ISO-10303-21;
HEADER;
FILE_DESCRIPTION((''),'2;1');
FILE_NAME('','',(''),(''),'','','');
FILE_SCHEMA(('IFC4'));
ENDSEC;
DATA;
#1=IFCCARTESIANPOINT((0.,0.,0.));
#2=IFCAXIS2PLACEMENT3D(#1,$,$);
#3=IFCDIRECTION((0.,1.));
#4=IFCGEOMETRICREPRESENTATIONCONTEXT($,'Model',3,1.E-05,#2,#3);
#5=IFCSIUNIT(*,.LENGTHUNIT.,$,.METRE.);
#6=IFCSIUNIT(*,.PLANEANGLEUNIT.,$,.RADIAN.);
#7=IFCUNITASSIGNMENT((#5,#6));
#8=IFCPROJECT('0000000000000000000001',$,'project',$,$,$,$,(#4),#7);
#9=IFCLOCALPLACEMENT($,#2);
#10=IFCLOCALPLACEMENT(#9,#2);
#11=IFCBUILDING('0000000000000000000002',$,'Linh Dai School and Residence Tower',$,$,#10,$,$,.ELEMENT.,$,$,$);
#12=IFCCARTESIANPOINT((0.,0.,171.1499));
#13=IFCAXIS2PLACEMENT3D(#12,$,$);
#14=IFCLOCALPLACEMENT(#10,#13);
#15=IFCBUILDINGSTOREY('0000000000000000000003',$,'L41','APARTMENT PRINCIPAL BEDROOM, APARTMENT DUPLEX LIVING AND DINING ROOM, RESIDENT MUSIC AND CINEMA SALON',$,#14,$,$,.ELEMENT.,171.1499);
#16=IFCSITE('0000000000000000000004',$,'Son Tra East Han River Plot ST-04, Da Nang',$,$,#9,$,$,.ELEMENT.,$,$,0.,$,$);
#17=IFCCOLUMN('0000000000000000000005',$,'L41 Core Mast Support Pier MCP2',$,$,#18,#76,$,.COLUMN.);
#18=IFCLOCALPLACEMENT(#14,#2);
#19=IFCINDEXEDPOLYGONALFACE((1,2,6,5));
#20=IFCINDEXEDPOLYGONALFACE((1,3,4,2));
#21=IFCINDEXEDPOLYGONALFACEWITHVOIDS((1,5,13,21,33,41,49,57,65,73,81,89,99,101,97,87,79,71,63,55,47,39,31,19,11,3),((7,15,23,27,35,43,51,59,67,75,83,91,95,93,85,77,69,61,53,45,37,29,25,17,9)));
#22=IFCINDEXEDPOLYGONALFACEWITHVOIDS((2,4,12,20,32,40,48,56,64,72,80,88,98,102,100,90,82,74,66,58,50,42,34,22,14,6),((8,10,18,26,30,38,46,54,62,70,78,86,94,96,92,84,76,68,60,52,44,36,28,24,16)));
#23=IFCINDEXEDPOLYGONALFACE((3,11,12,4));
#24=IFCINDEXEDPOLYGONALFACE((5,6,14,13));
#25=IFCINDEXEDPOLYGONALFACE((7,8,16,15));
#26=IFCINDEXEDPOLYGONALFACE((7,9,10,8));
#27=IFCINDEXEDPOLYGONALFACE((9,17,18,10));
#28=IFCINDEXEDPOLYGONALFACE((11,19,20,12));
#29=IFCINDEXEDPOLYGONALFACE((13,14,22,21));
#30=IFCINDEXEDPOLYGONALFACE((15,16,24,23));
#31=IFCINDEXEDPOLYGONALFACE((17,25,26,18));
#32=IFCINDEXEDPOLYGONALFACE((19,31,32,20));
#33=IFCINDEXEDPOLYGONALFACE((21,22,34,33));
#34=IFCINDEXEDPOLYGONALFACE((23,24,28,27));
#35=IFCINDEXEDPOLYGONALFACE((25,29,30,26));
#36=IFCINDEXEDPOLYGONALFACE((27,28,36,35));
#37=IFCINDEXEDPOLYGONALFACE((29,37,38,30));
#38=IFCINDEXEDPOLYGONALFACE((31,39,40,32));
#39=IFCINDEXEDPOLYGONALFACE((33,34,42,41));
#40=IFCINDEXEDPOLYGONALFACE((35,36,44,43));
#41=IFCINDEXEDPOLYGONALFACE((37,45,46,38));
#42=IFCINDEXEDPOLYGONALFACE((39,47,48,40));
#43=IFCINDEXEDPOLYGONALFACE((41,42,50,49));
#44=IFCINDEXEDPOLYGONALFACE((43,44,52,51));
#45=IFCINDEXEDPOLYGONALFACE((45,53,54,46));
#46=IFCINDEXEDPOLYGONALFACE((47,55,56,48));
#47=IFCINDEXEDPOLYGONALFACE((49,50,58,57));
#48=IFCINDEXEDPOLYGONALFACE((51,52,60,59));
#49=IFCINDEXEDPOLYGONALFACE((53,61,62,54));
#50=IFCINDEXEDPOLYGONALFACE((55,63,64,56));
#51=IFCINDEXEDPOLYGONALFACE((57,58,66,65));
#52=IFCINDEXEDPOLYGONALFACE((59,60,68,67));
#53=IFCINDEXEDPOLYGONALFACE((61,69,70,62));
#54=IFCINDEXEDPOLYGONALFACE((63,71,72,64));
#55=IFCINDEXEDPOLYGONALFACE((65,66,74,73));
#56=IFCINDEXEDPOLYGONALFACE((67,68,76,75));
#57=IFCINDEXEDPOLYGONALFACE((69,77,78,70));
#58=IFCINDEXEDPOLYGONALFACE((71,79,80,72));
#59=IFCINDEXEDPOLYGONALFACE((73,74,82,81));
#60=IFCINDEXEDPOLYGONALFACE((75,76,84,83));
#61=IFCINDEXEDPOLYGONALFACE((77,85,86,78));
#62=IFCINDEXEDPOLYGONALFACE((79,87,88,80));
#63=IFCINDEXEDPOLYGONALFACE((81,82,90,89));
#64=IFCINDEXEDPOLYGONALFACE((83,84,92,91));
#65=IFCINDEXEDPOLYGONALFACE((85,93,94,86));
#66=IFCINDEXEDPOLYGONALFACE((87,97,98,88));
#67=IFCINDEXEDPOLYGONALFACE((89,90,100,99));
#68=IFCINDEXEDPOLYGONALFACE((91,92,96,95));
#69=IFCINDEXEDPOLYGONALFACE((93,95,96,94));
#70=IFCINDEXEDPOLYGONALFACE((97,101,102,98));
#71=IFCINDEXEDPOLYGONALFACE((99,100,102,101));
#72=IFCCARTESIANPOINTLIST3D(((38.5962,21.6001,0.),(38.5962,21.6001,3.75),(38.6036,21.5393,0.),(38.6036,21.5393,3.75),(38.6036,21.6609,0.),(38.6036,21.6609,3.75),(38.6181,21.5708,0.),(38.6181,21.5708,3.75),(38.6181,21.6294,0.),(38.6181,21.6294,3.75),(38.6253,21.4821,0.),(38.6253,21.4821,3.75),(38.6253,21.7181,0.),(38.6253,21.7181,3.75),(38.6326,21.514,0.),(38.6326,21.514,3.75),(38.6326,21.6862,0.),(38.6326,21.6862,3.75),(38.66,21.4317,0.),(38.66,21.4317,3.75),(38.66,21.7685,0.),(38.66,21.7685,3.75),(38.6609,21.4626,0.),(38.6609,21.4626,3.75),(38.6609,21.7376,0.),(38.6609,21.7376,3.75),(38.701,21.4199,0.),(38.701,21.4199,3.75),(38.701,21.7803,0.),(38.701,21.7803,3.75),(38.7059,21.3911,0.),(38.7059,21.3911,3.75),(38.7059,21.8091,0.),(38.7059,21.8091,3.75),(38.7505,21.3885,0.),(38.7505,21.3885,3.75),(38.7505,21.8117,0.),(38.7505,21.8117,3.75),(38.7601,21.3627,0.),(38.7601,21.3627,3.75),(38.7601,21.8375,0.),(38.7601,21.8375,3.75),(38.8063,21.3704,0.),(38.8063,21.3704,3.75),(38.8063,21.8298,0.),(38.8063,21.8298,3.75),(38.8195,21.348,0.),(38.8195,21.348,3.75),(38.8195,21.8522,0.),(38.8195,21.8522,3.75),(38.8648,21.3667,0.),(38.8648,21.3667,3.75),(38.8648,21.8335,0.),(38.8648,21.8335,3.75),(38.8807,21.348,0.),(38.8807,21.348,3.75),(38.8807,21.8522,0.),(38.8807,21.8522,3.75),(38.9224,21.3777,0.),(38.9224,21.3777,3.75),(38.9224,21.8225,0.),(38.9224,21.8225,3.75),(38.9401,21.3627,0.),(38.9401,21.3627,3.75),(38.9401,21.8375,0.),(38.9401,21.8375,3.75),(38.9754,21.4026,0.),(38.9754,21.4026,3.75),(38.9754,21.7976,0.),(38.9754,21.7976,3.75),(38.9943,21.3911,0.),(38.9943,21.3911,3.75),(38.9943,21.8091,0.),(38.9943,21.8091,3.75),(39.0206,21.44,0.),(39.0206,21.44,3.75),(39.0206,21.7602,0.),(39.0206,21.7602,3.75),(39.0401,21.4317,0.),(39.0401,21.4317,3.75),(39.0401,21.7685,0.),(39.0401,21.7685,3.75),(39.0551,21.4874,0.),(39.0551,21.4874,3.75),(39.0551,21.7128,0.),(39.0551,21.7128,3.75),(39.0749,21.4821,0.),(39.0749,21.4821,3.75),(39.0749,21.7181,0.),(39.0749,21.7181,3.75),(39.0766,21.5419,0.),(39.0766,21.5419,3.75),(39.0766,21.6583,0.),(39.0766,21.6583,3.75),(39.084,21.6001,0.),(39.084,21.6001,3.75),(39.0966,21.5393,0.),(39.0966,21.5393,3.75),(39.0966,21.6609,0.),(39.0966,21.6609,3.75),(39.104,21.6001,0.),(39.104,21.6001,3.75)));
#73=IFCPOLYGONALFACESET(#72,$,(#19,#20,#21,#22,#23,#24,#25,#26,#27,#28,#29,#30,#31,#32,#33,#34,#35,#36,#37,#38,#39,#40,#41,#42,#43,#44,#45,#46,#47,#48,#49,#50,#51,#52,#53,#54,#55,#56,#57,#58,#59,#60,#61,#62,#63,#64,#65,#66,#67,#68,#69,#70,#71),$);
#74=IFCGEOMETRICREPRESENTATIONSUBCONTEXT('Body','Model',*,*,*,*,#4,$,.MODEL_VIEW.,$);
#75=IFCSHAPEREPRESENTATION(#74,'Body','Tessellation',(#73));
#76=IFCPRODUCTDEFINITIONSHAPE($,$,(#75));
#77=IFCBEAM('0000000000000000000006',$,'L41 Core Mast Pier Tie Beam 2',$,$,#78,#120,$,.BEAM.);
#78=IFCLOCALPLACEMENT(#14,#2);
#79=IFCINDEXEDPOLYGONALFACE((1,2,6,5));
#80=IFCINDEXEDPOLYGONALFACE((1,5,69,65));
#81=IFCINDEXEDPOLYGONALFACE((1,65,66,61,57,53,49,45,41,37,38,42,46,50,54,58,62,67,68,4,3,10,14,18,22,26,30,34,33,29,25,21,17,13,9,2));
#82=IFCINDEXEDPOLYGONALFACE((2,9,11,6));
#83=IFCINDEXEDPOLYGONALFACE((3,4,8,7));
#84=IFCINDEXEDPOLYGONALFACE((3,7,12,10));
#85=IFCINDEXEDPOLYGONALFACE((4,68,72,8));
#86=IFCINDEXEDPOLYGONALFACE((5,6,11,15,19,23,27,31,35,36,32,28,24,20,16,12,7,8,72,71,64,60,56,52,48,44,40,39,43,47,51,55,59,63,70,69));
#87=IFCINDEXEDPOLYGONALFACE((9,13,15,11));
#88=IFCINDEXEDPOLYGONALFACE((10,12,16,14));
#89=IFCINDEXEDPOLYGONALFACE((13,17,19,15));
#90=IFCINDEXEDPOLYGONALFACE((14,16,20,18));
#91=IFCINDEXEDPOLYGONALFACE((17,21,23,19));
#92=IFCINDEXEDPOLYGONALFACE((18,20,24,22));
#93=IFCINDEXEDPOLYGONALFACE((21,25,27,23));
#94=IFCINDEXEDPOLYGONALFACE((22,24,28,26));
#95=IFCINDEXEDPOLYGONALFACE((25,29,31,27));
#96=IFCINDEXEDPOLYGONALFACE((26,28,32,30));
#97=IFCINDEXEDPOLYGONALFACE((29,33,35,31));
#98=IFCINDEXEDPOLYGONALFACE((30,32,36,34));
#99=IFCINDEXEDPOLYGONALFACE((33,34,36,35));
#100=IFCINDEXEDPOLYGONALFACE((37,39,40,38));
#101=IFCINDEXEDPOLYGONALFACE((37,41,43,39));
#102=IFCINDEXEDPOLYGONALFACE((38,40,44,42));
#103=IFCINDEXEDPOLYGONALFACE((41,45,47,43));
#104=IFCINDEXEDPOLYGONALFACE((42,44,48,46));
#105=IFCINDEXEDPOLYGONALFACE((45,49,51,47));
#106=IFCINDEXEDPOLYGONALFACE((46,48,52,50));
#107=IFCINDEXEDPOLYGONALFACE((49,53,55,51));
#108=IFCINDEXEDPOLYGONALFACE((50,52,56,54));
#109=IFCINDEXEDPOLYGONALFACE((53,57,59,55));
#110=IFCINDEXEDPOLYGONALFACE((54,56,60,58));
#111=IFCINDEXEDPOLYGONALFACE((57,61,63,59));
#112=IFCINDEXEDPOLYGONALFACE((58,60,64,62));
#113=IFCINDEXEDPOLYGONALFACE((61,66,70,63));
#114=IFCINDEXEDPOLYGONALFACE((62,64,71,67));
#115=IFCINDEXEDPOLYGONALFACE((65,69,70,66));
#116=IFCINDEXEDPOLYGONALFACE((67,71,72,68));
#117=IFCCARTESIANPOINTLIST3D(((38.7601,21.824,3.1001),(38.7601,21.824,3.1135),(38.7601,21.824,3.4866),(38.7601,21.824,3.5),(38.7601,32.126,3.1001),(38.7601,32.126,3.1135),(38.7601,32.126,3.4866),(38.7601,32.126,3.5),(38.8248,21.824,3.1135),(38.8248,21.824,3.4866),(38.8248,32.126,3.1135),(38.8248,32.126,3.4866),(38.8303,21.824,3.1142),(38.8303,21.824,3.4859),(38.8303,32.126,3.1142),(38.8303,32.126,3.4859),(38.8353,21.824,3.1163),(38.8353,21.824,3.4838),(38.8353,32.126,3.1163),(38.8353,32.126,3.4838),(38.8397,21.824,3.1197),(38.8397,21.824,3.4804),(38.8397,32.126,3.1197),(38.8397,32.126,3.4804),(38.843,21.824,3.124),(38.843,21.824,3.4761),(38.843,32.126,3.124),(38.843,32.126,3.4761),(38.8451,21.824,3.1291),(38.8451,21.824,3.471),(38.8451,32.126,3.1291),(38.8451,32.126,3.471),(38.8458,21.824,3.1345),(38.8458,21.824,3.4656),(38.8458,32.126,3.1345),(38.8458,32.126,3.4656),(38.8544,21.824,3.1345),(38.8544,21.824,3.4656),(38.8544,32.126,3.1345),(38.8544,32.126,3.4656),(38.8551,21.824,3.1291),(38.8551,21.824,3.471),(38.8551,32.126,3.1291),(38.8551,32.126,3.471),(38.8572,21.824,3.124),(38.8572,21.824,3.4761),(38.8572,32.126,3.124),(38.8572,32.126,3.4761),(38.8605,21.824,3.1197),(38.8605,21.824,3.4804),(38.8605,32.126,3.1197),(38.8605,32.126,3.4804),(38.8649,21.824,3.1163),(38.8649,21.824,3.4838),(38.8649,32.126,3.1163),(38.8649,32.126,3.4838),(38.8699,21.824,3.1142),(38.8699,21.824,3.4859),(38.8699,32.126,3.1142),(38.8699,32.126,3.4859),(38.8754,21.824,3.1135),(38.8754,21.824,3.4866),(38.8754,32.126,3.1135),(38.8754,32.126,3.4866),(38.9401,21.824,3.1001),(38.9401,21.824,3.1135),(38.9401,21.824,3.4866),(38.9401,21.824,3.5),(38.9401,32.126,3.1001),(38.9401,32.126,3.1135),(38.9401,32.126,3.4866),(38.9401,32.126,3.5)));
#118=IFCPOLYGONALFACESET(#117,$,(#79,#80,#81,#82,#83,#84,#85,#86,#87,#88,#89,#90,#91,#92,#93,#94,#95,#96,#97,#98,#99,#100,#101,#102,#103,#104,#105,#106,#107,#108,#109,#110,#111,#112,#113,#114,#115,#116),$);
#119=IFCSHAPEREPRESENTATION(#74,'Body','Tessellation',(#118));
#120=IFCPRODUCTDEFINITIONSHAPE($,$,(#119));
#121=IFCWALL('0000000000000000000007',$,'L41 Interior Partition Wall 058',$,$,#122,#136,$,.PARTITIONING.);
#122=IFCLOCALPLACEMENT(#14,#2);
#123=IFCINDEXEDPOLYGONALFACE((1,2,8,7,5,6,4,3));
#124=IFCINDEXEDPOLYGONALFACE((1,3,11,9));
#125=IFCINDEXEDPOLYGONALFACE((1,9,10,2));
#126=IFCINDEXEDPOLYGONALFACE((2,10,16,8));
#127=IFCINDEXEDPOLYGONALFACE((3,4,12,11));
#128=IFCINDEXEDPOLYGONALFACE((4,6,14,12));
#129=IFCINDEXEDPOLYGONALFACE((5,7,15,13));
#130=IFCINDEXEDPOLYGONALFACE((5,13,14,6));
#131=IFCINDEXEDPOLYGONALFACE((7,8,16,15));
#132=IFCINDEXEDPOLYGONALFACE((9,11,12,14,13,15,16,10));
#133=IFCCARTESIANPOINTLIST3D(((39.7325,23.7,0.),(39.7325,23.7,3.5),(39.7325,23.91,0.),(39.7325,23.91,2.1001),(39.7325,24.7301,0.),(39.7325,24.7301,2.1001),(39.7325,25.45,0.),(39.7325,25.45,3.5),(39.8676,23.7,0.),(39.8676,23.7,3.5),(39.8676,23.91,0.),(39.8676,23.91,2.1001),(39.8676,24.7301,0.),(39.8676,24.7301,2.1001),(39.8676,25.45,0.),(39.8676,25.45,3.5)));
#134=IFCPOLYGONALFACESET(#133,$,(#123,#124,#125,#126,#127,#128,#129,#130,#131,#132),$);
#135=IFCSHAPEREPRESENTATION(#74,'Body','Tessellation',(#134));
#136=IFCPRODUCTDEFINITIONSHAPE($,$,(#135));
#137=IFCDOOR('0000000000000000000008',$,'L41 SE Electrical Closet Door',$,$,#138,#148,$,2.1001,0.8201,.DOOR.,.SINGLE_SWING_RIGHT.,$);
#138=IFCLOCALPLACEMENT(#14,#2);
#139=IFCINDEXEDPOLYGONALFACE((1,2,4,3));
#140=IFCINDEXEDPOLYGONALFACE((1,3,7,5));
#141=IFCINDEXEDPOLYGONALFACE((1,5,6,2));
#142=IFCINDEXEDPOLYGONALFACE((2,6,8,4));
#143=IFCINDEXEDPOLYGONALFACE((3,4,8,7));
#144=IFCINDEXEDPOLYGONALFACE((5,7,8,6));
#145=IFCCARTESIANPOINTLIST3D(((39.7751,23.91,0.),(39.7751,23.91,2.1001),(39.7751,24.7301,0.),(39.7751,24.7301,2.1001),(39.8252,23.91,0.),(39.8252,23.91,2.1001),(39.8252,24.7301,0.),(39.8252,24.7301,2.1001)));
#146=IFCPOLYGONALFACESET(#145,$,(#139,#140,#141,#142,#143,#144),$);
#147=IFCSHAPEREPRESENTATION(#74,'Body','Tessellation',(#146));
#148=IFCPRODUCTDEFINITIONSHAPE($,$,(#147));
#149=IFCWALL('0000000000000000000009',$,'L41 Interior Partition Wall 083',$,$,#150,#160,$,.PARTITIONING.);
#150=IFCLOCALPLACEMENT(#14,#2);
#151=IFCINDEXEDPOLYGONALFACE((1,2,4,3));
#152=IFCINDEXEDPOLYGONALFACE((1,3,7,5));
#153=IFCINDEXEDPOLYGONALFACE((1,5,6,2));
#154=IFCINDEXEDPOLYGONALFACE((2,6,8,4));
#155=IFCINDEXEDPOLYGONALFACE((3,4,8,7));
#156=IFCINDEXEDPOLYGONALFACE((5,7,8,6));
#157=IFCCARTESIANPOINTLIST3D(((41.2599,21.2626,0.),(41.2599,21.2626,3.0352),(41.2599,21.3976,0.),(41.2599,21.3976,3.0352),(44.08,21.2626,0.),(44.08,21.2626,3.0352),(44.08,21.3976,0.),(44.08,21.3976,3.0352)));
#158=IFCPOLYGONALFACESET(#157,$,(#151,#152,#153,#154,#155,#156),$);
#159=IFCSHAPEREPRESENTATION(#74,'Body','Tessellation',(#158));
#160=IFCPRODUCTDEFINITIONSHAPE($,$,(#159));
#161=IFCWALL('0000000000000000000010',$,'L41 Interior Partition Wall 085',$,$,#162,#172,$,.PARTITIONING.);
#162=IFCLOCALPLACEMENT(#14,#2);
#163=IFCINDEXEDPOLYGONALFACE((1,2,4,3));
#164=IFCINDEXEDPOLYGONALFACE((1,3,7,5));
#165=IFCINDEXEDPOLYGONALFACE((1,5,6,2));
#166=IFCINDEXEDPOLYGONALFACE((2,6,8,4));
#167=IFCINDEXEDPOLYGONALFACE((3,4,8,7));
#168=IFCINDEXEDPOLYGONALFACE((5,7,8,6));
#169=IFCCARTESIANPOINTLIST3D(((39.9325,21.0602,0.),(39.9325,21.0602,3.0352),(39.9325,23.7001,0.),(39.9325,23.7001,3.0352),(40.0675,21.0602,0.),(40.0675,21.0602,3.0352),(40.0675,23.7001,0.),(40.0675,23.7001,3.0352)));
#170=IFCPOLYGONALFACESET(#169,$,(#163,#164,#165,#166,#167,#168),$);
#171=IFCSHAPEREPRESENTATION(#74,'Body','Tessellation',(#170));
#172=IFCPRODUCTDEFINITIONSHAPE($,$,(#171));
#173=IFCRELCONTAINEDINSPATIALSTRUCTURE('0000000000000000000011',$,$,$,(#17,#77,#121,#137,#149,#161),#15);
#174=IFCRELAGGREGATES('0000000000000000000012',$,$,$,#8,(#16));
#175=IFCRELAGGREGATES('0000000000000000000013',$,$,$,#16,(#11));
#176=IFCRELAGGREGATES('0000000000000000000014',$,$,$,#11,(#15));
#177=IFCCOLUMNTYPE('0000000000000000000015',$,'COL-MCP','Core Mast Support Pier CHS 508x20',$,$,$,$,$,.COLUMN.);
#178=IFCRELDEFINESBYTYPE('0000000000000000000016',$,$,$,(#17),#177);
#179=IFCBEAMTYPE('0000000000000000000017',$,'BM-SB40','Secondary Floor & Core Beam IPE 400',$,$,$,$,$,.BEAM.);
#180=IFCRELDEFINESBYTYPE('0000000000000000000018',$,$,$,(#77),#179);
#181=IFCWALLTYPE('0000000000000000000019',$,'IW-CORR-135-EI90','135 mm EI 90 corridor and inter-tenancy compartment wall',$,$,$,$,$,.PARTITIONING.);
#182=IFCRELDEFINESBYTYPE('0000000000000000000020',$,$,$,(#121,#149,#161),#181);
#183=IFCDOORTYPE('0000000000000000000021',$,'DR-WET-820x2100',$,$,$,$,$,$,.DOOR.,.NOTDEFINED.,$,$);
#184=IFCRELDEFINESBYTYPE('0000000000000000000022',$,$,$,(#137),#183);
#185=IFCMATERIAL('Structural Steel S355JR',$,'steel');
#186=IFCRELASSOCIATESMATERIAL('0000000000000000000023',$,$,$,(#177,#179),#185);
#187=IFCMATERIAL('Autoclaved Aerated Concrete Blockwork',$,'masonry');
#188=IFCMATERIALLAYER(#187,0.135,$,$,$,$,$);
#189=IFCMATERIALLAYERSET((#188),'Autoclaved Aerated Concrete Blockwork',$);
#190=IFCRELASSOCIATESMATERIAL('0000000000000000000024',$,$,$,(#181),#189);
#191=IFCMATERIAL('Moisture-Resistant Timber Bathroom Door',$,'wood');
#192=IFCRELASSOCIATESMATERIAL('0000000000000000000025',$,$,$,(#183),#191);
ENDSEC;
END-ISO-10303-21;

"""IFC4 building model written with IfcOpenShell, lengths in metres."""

from ifc_helpers import new_model, si_unit, direction, frame, frame_2d, origin, origin_2d, place, context, subcontext, project, spatial, rectangle, hollow_circle, i_section, extrude, source, transform, mapped, material, layer, layer_set, material_profile, profile_set, type_object, element, fill, save


model = new_model("IFC4")

# Units and contexts
model_context = context("Model", 3, precision=1e-05, world=origin(), true_north=direction((0.0, 1.0)))
body_context = subcontext(model_context, "Body", "Model", "MODEL_VIEW")
ifc_project = project(units=[si_unit("LENGTHUNIT", "METRE"), si_unit("PLANEANGLEUNIT", "RADIAN")], contexts=[model_context])

# Site, building, storey
site_placement = place(None, origin())
site = spatial("IfcSite", under=ifc_project, at=site_placement, Name="Son Tra East Han River Plot ST-04, Da Nang", CompositionType="ELEMENT", RefElevation=0.0)
building_placement = place(site_placement, origin())
building = spatial("IfcBuilding", under=site, at=building_placement, Name="Linh Dai School and Residence Tower", CompositionType="ELEMENT")
storey_placement = place(building_placement, frame((0.0, 0.0, 171.1499)))
storey = spatial("IfcBuildingStorey", under=building, at=storey_placement, Name="L41", Description="APARTMENT PRINCIPAL BEDROOM, APARTMENT DUPLEX LIVING AND DINING ROOM, RESIDENT MUSIC AND CINEMA SALON", CompositionType="ELEMENT", Elevation=171.1499)

# Column
ifc_material_1 = material(Name="Structural Steel S355JR", Category="steel")
ifc_material_profile_1 = material_profile(ifc_material_1, hollow_circle(Radius=0.2539, WallThickness=0.02, at=origin_2d()), Name="CHS 508x20")
ifc_profile_set_1 = profile_set([ifc_material_profile_1], Name="Structural Steel S355JR")
column_type_1 = type_object("IfcColumnType", Name="COL-MCP", Description="Core Mast Support Pier CHS 508x20", PredefinedType="COLUMN", material=ifc_profile_set_1)
column_placement = place(storey_placement, frame((38.8501, 21.6001, 0.0), z_axis=(0.0, 0.0, 1.0), x_axis=(1.0, 0.0, 0.0)))
element("IfcColumn", 1, at=column_placement, inside=storey, type_object=column_type_1, Name="L41 Core Mast Support Pier MCP2", PredefinedType="COLUMN", context=body_context, shape_type="SweptSolid", body=[
    extrude(hollow_circle(Radius=0.2539, WallThickness=0.02, at=origin_2d()), origin(), (0.0, 0.0, 1.0), 3.75),
])

# Beam
ifc_material_profile_2 = material_profile(ifc_material_1, i_section(OverallWidth=0.1799, OverallDepth=0.3999, WebThickness=0.0085, FlangeThickness=0.0134, FilletRadius=0.021, at=origin_2d()), Name="IPE 400")
ifc_profile_set_2 = profile_set([ifc_material_profile_2], Name="Structural Steel S355JR")
beam_type = type_object("IfcBeamType", Name="BM-SB40", Description="Secondary Floor & Core Beam IPE 400", PredefinedType="BEAM", material=ifc_profile_set_2)
beam_placement = place(storey_placement, frame((38.8501, 21.824, 3.3), z_axis=(0.0, 1.0, 0.0), x_axis=(-1.0, 0.0, 0.0)))
element("IfcBeam", 2, at=beam_placement, inside=storey, type_object=beam_type, Name="L41 Core Mast Pier Tie Beam 2", PredefinedType="BEAM", context=body_context, shape_type="SweptSolid", body=[
    extrude(i_section(OverallWidth=0.1799, OverallDepth=0.3999, WebThickness=0.0085, FlangeThickness=0.0134, FilletRadius=0.021, at=origin_2d()), origin(), (0.0, 0.0, 1.0), 10.302),
])

# Wall, opening, door
ifc_material_2 = material(Name="Autoclaved Aerated Concrete Blockwork", Category="masonry")
ifc_layer_1 = layer(ifc_material_2, 0.135)
ifc_layer_set_1 = layer_set([ifc_layer_1], Name="Autoclaved Aerated Concrete Blockwork")
wall_type_1 = type_object("IfcWallType", Name="IW-CORR-135-EI90", Description="135 mm EI 90 corridor and inter-tenancy compartment wall", PredefinedType="PARTITIONING", material=ifc_layer_set_1)
wall_1_placement = place(storey_placement, frame((39.8, 23.7, 0.0), z_axis=(0.0, 0.0, 1.0), x_axis=(0.0, 1.0, 0.0)))
wall_1 = element("IfcWall", 3, at=wall_1_placement, inside=storey, type_object=wall_type_1, Name="L41 Interior Partition Wall 058", PredefinedType="PARTITIONING", context=body_context, shape_type="SweptSolid", body=[
    extrude(rectangle(XDim=1.75, YDim=0.135, at=frame_2d((0.875, 0.0))), origin(), (0.0, 0.0, 1.0), 3.5),
])
opening_1_placement = place(wall_1_placement, frame((0.21, 0.0, 0.0)))
opening_1 = element("IfcOpeningElement", 4, at=opening_1_placement, cuts=wall_1, PredefinedType="OPENING", context=body_context, shape_type="SweptSolid", body=[
    extrude(rectangle(XDim=0.8201, YDim=2.1001, at=origin_2d()), frame((0.4102, 0.0776, 1.05), z_axis=(0.0, -1.0, 0.0), x_axis=(1.0, 0.0, 0.0)), (0.0, 0.0, 1.0), 0.155),
])
ifc_material_3 = material(Name="Moisture-Resistant Timber Bathroom Door", Category="wood")
door_type_1 = type_object("IfcDoorType", Name="DR-WET-820x2100", OperationType="NOTDEFINED", PredefinedType="DOOR", material=ifc_material_3)
shared_shape_1 = source(origin(), body_context, "Body", "SweptSolid", [
    extrude(rectangle(XDim=0.8201, YDim=2.1001, at=origin_2d()), frame((0.4102, 0.0249, 1.05), z_axis=(0.0, -1.0, 0.0), x_axis=(1.0, 0.0, 0.0)), (0.0, 0.0, 1.0), 0.05),
])
door_1_placement = place(opening_1_placement, origin())
door_1 = element("IfcDoor", 5, at=door_1_placement, inside=storey, type_object=door_type_1, Name="L41 SE Electrical Closet Door", OperationType="SINGLE_SWING_RIGHT", OverallHeight=2.1001, OverallWidth=0.8201, PredefinedType="DOOR", context=body_context, shape_type="MappedRepresentation", body=[
    mapped(shared_shape_1, transform((0.0, 0.0, 0.0), x_axis=(1.0, 0.0, 0.0), y_axis=(0.0, 1.0, 0.0), z_axis=(0.0, 0.0, 1.0), scale=1.0)),
])
fill(opening_1, door_1)

# Walls
wall_2_placement = place(storey_placement, frame((44.0801, 21.3301, 0.0), z_axis=(0.0, 0.0, 1.0), x_axis=(-1.0, 0.0, 0.0)))
element("IfcWall", 6, at=wall_2_placement, inside=storey, type_object=wall_type_1, Name="L41 Interior Partition Wall 083", PredefinedType="PARTITIONING", context=body_context, shape_type="SweptSolid", body=[
    extrude(rectangle(XDim=2.8201, YDim=0.135, at=frame_2d((1.4102, 0.0))), origin(), (0.0, 0.0, 1.0), 3.0352),
])
wall_3_placement = place(storey_placement, frame((40.0, 23.7, 0.0), z_axis=(0.0, 0.0, 1.0), x_axis=(0.0, -1.0, 0.0)))
element("IfcWall", 7, at=wall_3_placement, inside=storey, type_object=wall_type_1, Name="L41 Interior Partition Wall 085", PredefinedType="PARTITIONING", context=body_context, shape_type="SweptSolid", body=[
    extrude(rectangle(XDim=2.6399, YDim=0.135, at=frame_2d((1.3198, 0.0))), origin(), (0.0, 0.0, 1.0), 3.0352),
])

save(model, "model.ifc")
